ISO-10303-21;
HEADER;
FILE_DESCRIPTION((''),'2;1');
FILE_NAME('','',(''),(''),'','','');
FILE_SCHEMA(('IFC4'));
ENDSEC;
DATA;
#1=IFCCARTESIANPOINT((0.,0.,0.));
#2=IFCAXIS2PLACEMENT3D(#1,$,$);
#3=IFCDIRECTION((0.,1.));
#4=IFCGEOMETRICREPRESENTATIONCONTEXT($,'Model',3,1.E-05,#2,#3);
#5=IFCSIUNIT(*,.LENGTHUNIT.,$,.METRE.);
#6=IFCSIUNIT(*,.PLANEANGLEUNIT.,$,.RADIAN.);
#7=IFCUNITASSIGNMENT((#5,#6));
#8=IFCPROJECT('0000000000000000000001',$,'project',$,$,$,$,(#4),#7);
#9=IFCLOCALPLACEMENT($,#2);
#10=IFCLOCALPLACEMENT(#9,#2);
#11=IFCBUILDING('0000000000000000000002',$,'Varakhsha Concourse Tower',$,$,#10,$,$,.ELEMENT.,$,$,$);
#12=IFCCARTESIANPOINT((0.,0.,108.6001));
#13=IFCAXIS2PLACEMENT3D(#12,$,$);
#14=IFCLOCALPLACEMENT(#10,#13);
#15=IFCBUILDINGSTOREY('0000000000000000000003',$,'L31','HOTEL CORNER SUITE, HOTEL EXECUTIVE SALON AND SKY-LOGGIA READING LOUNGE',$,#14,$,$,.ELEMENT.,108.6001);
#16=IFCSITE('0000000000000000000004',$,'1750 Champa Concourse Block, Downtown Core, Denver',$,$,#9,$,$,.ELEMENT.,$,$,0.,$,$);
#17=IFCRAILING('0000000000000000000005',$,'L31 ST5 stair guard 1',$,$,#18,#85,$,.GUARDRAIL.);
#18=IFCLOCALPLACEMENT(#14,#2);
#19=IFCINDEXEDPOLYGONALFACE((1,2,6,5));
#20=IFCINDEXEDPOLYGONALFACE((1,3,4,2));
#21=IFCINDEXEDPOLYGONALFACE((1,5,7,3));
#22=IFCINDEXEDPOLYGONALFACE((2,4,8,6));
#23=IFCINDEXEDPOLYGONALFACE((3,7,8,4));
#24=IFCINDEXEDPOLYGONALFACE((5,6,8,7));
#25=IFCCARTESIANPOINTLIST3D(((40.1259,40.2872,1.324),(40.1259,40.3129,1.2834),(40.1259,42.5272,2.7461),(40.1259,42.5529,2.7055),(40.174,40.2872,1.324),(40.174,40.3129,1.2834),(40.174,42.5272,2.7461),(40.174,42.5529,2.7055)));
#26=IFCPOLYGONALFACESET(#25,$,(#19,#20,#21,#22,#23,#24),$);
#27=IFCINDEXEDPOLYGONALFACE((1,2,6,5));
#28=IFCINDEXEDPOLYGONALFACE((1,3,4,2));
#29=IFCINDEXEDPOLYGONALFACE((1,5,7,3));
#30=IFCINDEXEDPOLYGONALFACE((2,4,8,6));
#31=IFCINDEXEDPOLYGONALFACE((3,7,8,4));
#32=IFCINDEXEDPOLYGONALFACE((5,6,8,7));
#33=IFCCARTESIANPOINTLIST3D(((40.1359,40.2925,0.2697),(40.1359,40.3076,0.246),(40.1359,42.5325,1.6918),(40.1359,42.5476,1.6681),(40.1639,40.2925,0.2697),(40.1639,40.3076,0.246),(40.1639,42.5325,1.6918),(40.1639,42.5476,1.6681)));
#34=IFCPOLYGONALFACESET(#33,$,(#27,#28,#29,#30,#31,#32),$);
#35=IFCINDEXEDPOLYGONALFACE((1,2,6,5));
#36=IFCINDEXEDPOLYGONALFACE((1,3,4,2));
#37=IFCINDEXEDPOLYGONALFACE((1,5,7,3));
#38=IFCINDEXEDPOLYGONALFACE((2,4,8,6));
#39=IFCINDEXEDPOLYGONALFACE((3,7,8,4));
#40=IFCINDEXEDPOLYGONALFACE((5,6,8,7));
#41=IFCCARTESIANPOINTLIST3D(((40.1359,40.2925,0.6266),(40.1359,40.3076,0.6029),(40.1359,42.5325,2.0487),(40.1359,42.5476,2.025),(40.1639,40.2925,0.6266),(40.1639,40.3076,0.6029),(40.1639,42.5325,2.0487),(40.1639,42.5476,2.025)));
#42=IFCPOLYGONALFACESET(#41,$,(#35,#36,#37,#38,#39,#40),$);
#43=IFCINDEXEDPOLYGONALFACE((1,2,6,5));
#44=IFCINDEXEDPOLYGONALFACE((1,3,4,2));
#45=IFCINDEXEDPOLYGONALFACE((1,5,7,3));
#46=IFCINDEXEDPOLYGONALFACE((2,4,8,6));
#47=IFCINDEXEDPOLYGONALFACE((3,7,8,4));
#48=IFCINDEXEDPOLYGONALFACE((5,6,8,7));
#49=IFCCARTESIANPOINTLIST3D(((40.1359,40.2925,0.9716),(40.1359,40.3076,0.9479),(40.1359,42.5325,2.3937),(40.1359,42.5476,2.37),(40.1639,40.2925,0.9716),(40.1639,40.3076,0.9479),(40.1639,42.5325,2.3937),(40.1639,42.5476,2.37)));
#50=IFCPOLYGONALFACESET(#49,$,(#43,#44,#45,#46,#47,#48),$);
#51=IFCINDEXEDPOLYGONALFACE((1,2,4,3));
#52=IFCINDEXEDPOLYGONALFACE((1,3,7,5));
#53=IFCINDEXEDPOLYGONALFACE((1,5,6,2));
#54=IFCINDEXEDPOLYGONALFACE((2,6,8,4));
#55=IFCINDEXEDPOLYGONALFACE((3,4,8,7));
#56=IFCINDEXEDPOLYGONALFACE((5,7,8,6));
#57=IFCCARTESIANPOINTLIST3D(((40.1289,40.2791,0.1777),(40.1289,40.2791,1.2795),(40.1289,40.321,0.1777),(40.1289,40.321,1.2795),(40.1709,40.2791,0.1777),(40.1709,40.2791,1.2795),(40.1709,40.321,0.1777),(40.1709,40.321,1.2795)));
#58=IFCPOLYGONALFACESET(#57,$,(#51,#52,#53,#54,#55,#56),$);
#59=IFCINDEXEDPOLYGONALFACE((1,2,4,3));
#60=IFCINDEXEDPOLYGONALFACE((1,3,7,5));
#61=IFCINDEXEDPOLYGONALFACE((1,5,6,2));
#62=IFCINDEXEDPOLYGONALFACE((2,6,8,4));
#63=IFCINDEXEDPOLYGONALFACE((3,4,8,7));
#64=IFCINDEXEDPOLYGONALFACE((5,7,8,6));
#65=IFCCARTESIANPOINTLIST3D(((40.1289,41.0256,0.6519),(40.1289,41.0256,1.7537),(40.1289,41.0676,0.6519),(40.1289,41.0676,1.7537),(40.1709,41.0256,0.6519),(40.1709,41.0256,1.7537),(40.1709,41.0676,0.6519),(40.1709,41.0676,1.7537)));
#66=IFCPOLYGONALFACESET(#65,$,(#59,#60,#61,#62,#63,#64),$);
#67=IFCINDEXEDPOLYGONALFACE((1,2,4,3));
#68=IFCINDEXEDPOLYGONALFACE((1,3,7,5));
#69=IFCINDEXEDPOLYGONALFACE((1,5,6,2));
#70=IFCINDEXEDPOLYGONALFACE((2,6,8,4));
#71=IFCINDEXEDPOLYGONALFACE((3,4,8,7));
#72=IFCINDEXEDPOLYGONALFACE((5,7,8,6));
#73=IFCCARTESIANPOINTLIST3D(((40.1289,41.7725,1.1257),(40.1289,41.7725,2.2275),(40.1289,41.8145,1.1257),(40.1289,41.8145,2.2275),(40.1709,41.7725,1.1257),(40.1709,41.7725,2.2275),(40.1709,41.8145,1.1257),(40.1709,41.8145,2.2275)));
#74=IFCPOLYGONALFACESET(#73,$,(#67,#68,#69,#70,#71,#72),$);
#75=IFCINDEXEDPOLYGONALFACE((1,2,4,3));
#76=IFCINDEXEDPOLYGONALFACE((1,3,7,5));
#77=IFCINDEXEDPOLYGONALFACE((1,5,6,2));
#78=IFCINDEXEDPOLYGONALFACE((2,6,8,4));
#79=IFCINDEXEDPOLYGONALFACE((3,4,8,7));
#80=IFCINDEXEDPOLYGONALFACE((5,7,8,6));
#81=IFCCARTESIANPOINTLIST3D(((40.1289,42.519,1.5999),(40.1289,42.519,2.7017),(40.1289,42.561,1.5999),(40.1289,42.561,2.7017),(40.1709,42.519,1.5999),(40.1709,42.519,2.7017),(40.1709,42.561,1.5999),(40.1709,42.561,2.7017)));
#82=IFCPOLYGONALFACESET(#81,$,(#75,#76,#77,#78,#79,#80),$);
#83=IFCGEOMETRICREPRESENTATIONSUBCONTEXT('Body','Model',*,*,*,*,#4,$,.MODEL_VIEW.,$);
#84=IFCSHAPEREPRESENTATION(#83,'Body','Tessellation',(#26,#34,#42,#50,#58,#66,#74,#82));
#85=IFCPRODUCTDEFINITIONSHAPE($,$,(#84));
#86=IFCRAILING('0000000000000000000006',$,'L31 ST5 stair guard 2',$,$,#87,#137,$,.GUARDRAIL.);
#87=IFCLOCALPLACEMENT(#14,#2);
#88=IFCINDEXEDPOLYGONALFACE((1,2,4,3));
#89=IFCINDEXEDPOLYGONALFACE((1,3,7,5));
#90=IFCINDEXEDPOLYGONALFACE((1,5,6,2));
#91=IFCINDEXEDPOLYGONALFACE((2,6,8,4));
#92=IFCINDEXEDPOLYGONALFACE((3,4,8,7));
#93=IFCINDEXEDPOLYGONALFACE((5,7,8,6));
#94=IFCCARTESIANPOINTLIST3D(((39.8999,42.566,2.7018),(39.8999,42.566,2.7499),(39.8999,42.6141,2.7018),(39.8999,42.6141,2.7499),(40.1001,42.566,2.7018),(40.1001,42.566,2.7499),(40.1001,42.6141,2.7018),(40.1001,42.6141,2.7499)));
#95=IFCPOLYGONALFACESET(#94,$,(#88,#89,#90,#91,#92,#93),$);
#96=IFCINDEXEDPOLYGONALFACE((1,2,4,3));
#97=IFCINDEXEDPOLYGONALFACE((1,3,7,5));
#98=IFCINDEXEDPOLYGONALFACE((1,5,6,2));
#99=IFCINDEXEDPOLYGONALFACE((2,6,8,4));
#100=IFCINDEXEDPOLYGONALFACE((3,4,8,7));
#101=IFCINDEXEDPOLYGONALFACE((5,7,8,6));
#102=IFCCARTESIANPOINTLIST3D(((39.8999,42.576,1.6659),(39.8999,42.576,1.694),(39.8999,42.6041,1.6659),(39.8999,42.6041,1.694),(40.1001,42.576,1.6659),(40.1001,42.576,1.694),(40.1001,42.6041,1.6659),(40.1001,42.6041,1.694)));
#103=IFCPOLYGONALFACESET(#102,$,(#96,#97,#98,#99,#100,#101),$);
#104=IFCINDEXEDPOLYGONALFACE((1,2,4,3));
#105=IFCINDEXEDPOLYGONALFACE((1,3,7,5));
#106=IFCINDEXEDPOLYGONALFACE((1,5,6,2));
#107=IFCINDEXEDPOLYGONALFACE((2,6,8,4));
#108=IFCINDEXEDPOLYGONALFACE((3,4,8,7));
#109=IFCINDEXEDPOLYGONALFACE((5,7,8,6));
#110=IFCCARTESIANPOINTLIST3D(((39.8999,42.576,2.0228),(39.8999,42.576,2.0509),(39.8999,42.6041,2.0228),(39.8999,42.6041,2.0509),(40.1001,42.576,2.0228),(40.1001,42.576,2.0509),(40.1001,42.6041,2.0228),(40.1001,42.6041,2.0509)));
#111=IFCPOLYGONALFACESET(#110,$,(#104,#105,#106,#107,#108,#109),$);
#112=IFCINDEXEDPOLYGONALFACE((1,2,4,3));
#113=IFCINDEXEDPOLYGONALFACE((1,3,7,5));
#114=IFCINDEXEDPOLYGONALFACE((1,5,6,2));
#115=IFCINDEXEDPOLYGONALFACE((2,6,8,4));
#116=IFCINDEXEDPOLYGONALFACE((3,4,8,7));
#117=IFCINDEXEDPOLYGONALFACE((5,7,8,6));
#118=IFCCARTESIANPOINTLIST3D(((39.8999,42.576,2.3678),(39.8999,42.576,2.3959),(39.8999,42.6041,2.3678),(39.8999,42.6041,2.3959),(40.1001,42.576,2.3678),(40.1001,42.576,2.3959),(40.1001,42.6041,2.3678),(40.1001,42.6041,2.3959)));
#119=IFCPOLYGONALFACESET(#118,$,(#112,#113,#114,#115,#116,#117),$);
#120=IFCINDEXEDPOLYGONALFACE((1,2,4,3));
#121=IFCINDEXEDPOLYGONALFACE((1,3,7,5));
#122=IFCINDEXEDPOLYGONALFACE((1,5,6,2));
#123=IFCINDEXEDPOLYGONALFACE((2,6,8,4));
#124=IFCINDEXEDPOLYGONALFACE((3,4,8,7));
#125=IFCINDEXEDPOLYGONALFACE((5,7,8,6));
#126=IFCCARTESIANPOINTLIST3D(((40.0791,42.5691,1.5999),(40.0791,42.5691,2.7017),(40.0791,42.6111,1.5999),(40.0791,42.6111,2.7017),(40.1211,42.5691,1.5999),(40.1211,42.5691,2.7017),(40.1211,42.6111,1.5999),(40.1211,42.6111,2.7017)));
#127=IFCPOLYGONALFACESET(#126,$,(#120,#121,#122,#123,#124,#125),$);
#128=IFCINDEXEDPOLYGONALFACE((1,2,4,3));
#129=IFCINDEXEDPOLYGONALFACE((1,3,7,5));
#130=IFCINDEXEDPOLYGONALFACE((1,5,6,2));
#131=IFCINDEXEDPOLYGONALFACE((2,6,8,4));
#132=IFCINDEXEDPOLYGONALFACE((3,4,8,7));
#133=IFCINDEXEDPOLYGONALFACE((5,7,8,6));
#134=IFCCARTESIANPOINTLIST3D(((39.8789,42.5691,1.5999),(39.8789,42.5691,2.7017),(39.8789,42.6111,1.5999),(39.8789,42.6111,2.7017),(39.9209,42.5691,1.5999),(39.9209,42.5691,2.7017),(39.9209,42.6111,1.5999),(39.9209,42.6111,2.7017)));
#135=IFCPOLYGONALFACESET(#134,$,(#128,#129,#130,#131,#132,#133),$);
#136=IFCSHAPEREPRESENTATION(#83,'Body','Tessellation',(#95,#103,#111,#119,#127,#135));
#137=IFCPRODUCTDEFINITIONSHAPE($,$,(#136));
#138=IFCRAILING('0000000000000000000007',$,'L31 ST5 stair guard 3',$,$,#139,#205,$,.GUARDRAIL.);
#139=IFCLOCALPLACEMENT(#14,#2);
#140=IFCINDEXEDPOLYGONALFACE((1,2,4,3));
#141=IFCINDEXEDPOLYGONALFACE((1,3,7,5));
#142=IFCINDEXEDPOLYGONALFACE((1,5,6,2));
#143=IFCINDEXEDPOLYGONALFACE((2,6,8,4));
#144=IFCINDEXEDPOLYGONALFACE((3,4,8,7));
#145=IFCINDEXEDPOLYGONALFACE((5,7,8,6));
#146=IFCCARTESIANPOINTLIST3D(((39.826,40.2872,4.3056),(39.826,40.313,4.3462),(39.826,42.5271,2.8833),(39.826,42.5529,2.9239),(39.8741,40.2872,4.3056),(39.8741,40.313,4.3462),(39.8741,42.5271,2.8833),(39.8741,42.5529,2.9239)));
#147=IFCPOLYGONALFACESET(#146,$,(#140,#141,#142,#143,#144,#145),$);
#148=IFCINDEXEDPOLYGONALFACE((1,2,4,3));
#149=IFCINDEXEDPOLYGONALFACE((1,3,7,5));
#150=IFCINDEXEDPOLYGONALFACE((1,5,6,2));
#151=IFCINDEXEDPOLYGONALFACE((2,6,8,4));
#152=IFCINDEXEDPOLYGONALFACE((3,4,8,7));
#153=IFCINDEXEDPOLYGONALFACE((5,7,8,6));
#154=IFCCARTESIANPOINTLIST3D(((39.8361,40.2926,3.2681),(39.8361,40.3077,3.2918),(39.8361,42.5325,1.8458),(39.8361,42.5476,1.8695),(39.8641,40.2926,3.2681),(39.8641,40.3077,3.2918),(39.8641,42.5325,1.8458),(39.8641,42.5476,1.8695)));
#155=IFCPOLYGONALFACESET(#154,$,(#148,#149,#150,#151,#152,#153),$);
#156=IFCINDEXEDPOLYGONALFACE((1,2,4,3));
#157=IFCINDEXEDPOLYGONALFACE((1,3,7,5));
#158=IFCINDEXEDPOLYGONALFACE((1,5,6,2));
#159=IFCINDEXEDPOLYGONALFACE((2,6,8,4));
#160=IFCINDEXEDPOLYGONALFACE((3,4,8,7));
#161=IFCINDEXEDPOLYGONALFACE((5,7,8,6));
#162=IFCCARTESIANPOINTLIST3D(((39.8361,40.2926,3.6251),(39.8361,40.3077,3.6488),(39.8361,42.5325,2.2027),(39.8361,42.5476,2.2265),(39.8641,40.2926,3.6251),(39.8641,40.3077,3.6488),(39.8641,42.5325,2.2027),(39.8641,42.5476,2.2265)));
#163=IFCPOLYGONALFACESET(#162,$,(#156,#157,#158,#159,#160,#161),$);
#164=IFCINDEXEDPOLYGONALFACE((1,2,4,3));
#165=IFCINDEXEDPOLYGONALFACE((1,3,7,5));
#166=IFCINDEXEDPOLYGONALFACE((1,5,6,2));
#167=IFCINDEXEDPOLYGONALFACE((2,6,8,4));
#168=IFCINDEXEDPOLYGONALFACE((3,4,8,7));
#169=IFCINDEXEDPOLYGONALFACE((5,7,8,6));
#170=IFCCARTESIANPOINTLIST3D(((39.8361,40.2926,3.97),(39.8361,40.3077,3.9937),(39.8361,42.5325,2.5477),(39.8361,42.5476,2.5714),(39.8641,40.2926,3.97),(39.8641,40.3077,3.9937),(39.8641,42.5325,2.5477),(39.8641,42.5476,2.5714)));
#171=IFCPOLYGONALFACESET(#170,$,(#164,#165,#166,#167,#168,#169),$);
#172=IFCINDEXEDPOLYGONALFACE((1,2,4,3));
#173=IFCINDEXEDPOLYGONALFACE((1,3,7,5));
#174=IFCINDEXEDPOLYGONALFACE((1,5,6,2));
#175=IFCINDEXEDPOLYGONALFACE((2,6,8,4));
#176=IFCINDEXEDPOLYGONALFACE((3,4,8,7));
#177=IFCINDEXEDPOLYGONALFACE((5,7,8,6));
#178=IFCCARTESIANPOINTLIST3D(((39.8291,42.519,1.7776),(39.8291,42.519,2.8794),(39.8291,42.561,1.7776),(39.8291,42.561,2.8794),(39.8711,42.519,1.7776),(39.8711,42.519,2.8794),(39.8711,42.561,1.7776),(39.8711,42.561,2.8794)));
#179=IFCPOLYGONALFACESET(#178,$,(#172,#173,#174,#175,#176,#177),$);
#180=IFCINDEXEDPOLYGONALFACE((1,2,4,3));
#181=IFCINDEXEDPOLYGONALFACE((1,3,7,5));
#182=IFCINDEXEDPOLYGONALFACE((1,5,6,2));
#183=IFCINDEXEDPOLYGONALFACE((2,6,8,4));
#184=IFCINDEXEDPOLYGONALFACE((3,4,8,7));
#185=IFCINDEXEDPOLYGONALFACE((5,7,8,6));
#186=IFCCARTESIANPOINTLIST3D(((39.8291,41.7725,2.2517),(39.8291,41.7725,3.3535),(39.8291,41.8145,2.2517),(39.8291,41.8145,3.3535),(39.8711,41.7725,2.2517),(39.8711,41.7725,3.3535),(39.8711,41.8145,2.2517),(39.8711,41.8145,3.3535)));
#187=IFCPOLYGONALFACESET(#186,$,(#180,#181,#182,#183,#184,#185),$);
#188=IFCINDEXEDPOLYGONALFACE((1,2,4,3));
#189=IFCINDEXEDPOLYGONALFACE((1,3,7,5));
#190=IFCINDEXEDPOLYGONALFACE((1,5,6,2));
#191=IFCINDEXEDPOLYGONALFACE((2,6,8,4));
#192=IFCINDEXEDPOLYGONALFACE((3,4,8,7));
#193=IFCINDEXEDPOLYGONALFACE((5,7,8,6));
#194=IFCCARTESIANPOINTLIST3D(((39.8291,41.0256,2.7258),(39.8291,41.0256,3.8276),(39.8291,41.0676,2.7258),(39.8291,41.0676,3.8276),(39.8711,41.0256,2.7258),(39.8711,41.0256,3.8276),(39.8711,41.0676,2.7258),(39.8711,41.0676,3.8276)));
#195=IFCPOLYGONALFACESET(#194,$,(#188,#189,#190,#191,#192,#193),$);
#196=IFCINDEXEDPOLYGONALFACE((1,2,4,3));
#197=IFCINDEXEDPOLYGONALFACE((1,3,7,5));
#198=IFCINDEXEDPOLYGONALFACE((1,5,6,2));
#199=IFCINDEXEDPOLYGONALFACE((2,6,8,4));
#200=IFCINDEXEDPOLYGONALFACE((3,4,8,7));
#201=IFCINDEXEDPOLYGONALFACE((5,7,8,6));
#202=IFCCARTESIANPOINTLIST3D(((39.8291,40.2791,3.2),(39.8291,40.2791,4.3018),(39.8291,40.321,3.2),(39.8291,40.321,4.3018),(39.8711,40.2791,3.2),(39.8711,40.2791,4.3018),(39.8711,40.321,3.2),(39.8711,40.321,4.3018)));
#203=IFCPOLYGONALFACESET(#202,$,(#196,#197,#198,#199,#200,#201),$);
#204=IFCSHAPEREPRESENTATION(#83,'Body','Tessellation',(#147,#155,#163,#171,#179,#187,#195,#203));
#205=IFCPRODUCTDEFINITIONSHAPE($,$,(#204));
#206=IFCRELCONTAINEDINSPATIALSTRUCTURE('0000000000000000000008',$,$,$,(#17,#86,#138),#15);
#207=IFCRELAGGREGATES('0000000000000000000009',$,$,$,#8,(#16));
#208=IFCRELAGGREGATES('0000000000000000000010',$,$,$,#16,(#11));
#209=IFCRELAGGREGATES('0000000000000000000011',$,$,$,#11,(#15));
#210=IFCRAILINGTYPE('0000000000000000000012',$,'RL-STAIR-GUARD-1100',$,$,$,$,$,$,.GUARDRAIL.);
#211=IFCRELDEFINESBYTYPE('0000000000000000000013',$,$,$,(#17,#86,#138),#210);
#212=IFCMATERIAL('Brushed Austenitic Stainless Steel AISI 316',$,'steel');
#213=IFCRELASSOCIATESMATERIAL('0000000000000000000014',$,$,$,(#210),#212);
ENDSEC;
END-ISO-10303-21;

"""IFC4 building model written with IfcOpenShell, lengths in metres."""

from ifc_helpers import new_model, si_unit, direction, frame, origin, origin_2d, place, context, subcontext, project, spatial, rectangle, extrude, material, type_object, element, save


model = new_model("IFC4")

# Units and contexts
model_context = context("Model", 3, precision=1e-05, world=origin(), true_north=direction((0.0, 1.0)))
body_context = subcontext(model_context, "Body", "Model", "MODEL_VIEW")
ifc_project = project(units=[si_unit("LENGTHUNIT", "METRE"), si_unit("PLANEANGLEUNIT", "RADIAN")], contexts=[model_context])

# Site, building, storey
site_placement = place(None, origin())
site = spatial("IfcSite", under=ifc_project, at=site_placement, Name="1750 Champa Concourse Block, Downtown Core, Denver", CompositionType="ELEMENT", RefElevation=0.0)
building_placement = place(site_placement, origin())
building = spatial("IfcBuilding", under=site, at=building_placement, Name="Varakhsha Concourse Tower", CompositionType="ELEMENT")
storey_placement = place(building_placement, frame((0.0, 0.0, 108.6001)))
storey = spatial("IfcBuildingStorey", under=building, at=storey_placement, Name="L31", Description="HOTEL CORNER SUITE, HOTEL EXECUTIVE SALON AND SKY-LOGGIA READING LOUNGE", CompositionType="ELEMENT", Elevation=108.6001)

# Railings
ifc_material_1 = material(Name="Brushed Austenitic Stainless Steel AISI 316", Category="steel")
railing_type_1 = type_object("IfcRailingType", Name="RL-STAIR-GUARD-1100", PredefinedType="GUARDRAIL", material=ifc_material_1)
railing_1_placement = place(storey_placement, frame((40.1499, 40.3, 0.1777)))
element("IfcRailing", 1, at=railing_1_placement, inside=storey, type_object=railing_type_1, Name="L31 ST5 stair guard 1", PredefinedType="GUARDRAIL", context=body_context, shape_type="SweptSolid", body=[
    extrude(rectangle(XDim=0.0481, YDim=0.0481, at=origin_2d()), frame((0.0, 0.0, 1.126), z_axis=(0.0, 0.844229, 0.535982), x_axis=(-1.0, 0.0, 0.0)), (0.0, 0.0, 1.0), 2.6533),
    extrude(rectangle(XDim=0.0281, YDim=0.0281, at=origin_2d()), frame((0.0, 0.0, 0.0801), z_axis=(0.0, 0.844229, 0.535982), x_axis=(-1.0, 0.0, 0.0)), (0.0, 0.0, 1.0), 2.6533),
    extrude(rectangle(XDim=0.0281, YDim=0.0281, at=origin_2d()), frame((0.0, 0.0, 0.437), z_axis=(0.0, 0.844229, 0.535982), x_axis=(-1.0, 0.0, 0.0)), (0.0, 0.0, 1.0), 2.6533),
    extrude(rectangle(XDim=0.0281, YDim=0.0281, at=origin_2d()), frame((0.0, 0.0, 0.782), z_axis=(0.0, 0.844229, 0.535982), x_axis=(-1.0, 0.0, 0.0)), (0.0, 0.0, 1.0), 2.6533),
    extrude(rectangle(XDim=0.042, YDim=0.042, at=origin_2d()), origin(), (0.0, 0.0, 1.0), 1.1018),
    extrude(rectangle(XDim=0.042, YDim=0.042, at=origin_2d()), frame((0.0, 0.7466, 0.4741)), (0.0, 0.0, 1.0), 1.1018),
    extrude(rectangle(XDim=0.042, YDim=0.042, at=origin_2d()), frame((0.0, 1.4934, 0.948)), (0.0, 0.0, 1.0), 1.1018),
    extrude(rectangle(XDim=0.042, YDim=0.042, at=origin_2d()), frame((0.0, 2.24, 1.4221)), (0.0, 0.0, 1.0), 1.1018),
])
railing_2_placement = place(storey_placement, frame((40.1001, 42.5901, 1.5999)))
element("IfcRailing", 2, at=railing_2_placement, inside=storey, type_object=railing_type_1, Name="L31 ST5 stair guard 2", PredefinedType="GUARDRAIL", context=body_context, shape_type="SweptSolid", body=[
    extrude(rectangle(XDim=0.0481, YDim=0.0481, at=origin_2d()), frame((0.0, 0.0, 1.126), z_axis=(-1.0, 0.0, 0.0), x_axis=(0.0, -1.0, 0.0)), (0.0, 0.0, 1.0), 0.2002),
    extrude(rectangle(XDim=0.0281, YDim=0.0281, at=origin_2d()), frame((0.0, 0.0, 0.0801), z_axis=(-1.0, 0.0, 0.0), x_axis=(0.0, -1.0, 0.0)), (0.0, 0.0, 1.0), 0.2002),
    extrude(rectangle(XDim=0.0281, YDim=0.0281, at=origin_2d()), frame((0.0, 0.0, 0.437), z_axis=(-1.0, 0.0, 0.0), x_axis=(0.0, -1.0, 0.0)), (0.0, 0.0, 1.0), 0.2002),
    extrude(rectangle(XDim=0.0281, YDim=0.0281, at=origin_2d()), frame((0.0, 0.0, 0.782), z_axis=(-1.0, 0.0, 0.0), x_axis=(0.0, -1.0, 0.0)), (0.0, 0.0, 1.0), 0.2002),
    extrude(rectangle(XDim=0.042, YDim=0.042, at=origin_2d()), origin(), (0.0, 0.0, 1.0), 1.1018),
    extrude(rectangle(XDim=0.042, YDim=0.042, at=origin_2d()), frame((-0.2002, 0.0, 0.0)), (0.0, 0.0, 1.0), 1.1018),
])
railing_3_placement = place(storey_placement, frame((39.8501, 42.54, 1.7776)))
element("IfcRailing", 3, at=railing_3_placement, inside=storey, type_object=railing_type_1, Name="L31 ST5 stair guard 3", PredefinedType="GUARDRAIL", context=body_context, shape_type="SweptSolid", body=[
    extrude(rectangle(XDim=0.0481, YDim=0.0481, at=origin_2d()), frame((0.0, 0.0, 1.126), z_axis=(0.0, -0.844188, 0.536048), x_axis=(1.0, 0.0, 0.0)), (0.0, 0.0, 1.0), 2.6533),
    extrude(rectangle(XDim=0.0281, YDim=0.0281, at=origin_2d()), frame((0.0, 0.0, 0.0801), z_axis=(0.0, -0.844188, 0.536048), x_axis=(1.0, 0.0, 0.0)), (0.0, 0.0, 1.0), 2.6533),
    extrude(rectangle(XDim=0.0281, YDim=0.0281, at=origin_2d()), frame((0.0, 0.0, 0.437), z_axis=(0.0, -0.844188, 0.536048), x_axis=(1.0, 0.0, 0.0)), (0.0, 0.0, 1.0), 2.6533),
    extrude(rectangle(XDim=0.0281, YDim=0.0281, at=origin_2d()), frame((0.0, 0.0, 0.782), z_axis=(0.0, -0.844188, 0.536048), x_axis=(1.0, 0.0, 0.0)), (0.0, 0.0, 1.0), 2.6533),
    extrude(rectangle(XDim=0.042, YDim=0.042, at=origin_2d()), origin(), (0.0, 0.0, 1.0), 1.1018),
    extrude(rectangle(XDim=0.042, YDim=0.042, at=origin_2d()), frame((0.0, -0.7466, 0.4741)), (0.0, 0.0, 1.0), 1.1018),
    extrude(rectangle(XDim=0.042, YDim=0.042, at=origin_2d()), frame((0.0, -1.4934, 0.9482)), (0.0, 0.0, 1.0), 1.1018),
    extrude(rectangle(XDim=0.042, YDim=0.042, at=origin_2d()), frame((0.0, -2.24, 1.4224)), (0.0, 0.0, 1.0), 1.1018),
])

save(model, "model.ifc")
